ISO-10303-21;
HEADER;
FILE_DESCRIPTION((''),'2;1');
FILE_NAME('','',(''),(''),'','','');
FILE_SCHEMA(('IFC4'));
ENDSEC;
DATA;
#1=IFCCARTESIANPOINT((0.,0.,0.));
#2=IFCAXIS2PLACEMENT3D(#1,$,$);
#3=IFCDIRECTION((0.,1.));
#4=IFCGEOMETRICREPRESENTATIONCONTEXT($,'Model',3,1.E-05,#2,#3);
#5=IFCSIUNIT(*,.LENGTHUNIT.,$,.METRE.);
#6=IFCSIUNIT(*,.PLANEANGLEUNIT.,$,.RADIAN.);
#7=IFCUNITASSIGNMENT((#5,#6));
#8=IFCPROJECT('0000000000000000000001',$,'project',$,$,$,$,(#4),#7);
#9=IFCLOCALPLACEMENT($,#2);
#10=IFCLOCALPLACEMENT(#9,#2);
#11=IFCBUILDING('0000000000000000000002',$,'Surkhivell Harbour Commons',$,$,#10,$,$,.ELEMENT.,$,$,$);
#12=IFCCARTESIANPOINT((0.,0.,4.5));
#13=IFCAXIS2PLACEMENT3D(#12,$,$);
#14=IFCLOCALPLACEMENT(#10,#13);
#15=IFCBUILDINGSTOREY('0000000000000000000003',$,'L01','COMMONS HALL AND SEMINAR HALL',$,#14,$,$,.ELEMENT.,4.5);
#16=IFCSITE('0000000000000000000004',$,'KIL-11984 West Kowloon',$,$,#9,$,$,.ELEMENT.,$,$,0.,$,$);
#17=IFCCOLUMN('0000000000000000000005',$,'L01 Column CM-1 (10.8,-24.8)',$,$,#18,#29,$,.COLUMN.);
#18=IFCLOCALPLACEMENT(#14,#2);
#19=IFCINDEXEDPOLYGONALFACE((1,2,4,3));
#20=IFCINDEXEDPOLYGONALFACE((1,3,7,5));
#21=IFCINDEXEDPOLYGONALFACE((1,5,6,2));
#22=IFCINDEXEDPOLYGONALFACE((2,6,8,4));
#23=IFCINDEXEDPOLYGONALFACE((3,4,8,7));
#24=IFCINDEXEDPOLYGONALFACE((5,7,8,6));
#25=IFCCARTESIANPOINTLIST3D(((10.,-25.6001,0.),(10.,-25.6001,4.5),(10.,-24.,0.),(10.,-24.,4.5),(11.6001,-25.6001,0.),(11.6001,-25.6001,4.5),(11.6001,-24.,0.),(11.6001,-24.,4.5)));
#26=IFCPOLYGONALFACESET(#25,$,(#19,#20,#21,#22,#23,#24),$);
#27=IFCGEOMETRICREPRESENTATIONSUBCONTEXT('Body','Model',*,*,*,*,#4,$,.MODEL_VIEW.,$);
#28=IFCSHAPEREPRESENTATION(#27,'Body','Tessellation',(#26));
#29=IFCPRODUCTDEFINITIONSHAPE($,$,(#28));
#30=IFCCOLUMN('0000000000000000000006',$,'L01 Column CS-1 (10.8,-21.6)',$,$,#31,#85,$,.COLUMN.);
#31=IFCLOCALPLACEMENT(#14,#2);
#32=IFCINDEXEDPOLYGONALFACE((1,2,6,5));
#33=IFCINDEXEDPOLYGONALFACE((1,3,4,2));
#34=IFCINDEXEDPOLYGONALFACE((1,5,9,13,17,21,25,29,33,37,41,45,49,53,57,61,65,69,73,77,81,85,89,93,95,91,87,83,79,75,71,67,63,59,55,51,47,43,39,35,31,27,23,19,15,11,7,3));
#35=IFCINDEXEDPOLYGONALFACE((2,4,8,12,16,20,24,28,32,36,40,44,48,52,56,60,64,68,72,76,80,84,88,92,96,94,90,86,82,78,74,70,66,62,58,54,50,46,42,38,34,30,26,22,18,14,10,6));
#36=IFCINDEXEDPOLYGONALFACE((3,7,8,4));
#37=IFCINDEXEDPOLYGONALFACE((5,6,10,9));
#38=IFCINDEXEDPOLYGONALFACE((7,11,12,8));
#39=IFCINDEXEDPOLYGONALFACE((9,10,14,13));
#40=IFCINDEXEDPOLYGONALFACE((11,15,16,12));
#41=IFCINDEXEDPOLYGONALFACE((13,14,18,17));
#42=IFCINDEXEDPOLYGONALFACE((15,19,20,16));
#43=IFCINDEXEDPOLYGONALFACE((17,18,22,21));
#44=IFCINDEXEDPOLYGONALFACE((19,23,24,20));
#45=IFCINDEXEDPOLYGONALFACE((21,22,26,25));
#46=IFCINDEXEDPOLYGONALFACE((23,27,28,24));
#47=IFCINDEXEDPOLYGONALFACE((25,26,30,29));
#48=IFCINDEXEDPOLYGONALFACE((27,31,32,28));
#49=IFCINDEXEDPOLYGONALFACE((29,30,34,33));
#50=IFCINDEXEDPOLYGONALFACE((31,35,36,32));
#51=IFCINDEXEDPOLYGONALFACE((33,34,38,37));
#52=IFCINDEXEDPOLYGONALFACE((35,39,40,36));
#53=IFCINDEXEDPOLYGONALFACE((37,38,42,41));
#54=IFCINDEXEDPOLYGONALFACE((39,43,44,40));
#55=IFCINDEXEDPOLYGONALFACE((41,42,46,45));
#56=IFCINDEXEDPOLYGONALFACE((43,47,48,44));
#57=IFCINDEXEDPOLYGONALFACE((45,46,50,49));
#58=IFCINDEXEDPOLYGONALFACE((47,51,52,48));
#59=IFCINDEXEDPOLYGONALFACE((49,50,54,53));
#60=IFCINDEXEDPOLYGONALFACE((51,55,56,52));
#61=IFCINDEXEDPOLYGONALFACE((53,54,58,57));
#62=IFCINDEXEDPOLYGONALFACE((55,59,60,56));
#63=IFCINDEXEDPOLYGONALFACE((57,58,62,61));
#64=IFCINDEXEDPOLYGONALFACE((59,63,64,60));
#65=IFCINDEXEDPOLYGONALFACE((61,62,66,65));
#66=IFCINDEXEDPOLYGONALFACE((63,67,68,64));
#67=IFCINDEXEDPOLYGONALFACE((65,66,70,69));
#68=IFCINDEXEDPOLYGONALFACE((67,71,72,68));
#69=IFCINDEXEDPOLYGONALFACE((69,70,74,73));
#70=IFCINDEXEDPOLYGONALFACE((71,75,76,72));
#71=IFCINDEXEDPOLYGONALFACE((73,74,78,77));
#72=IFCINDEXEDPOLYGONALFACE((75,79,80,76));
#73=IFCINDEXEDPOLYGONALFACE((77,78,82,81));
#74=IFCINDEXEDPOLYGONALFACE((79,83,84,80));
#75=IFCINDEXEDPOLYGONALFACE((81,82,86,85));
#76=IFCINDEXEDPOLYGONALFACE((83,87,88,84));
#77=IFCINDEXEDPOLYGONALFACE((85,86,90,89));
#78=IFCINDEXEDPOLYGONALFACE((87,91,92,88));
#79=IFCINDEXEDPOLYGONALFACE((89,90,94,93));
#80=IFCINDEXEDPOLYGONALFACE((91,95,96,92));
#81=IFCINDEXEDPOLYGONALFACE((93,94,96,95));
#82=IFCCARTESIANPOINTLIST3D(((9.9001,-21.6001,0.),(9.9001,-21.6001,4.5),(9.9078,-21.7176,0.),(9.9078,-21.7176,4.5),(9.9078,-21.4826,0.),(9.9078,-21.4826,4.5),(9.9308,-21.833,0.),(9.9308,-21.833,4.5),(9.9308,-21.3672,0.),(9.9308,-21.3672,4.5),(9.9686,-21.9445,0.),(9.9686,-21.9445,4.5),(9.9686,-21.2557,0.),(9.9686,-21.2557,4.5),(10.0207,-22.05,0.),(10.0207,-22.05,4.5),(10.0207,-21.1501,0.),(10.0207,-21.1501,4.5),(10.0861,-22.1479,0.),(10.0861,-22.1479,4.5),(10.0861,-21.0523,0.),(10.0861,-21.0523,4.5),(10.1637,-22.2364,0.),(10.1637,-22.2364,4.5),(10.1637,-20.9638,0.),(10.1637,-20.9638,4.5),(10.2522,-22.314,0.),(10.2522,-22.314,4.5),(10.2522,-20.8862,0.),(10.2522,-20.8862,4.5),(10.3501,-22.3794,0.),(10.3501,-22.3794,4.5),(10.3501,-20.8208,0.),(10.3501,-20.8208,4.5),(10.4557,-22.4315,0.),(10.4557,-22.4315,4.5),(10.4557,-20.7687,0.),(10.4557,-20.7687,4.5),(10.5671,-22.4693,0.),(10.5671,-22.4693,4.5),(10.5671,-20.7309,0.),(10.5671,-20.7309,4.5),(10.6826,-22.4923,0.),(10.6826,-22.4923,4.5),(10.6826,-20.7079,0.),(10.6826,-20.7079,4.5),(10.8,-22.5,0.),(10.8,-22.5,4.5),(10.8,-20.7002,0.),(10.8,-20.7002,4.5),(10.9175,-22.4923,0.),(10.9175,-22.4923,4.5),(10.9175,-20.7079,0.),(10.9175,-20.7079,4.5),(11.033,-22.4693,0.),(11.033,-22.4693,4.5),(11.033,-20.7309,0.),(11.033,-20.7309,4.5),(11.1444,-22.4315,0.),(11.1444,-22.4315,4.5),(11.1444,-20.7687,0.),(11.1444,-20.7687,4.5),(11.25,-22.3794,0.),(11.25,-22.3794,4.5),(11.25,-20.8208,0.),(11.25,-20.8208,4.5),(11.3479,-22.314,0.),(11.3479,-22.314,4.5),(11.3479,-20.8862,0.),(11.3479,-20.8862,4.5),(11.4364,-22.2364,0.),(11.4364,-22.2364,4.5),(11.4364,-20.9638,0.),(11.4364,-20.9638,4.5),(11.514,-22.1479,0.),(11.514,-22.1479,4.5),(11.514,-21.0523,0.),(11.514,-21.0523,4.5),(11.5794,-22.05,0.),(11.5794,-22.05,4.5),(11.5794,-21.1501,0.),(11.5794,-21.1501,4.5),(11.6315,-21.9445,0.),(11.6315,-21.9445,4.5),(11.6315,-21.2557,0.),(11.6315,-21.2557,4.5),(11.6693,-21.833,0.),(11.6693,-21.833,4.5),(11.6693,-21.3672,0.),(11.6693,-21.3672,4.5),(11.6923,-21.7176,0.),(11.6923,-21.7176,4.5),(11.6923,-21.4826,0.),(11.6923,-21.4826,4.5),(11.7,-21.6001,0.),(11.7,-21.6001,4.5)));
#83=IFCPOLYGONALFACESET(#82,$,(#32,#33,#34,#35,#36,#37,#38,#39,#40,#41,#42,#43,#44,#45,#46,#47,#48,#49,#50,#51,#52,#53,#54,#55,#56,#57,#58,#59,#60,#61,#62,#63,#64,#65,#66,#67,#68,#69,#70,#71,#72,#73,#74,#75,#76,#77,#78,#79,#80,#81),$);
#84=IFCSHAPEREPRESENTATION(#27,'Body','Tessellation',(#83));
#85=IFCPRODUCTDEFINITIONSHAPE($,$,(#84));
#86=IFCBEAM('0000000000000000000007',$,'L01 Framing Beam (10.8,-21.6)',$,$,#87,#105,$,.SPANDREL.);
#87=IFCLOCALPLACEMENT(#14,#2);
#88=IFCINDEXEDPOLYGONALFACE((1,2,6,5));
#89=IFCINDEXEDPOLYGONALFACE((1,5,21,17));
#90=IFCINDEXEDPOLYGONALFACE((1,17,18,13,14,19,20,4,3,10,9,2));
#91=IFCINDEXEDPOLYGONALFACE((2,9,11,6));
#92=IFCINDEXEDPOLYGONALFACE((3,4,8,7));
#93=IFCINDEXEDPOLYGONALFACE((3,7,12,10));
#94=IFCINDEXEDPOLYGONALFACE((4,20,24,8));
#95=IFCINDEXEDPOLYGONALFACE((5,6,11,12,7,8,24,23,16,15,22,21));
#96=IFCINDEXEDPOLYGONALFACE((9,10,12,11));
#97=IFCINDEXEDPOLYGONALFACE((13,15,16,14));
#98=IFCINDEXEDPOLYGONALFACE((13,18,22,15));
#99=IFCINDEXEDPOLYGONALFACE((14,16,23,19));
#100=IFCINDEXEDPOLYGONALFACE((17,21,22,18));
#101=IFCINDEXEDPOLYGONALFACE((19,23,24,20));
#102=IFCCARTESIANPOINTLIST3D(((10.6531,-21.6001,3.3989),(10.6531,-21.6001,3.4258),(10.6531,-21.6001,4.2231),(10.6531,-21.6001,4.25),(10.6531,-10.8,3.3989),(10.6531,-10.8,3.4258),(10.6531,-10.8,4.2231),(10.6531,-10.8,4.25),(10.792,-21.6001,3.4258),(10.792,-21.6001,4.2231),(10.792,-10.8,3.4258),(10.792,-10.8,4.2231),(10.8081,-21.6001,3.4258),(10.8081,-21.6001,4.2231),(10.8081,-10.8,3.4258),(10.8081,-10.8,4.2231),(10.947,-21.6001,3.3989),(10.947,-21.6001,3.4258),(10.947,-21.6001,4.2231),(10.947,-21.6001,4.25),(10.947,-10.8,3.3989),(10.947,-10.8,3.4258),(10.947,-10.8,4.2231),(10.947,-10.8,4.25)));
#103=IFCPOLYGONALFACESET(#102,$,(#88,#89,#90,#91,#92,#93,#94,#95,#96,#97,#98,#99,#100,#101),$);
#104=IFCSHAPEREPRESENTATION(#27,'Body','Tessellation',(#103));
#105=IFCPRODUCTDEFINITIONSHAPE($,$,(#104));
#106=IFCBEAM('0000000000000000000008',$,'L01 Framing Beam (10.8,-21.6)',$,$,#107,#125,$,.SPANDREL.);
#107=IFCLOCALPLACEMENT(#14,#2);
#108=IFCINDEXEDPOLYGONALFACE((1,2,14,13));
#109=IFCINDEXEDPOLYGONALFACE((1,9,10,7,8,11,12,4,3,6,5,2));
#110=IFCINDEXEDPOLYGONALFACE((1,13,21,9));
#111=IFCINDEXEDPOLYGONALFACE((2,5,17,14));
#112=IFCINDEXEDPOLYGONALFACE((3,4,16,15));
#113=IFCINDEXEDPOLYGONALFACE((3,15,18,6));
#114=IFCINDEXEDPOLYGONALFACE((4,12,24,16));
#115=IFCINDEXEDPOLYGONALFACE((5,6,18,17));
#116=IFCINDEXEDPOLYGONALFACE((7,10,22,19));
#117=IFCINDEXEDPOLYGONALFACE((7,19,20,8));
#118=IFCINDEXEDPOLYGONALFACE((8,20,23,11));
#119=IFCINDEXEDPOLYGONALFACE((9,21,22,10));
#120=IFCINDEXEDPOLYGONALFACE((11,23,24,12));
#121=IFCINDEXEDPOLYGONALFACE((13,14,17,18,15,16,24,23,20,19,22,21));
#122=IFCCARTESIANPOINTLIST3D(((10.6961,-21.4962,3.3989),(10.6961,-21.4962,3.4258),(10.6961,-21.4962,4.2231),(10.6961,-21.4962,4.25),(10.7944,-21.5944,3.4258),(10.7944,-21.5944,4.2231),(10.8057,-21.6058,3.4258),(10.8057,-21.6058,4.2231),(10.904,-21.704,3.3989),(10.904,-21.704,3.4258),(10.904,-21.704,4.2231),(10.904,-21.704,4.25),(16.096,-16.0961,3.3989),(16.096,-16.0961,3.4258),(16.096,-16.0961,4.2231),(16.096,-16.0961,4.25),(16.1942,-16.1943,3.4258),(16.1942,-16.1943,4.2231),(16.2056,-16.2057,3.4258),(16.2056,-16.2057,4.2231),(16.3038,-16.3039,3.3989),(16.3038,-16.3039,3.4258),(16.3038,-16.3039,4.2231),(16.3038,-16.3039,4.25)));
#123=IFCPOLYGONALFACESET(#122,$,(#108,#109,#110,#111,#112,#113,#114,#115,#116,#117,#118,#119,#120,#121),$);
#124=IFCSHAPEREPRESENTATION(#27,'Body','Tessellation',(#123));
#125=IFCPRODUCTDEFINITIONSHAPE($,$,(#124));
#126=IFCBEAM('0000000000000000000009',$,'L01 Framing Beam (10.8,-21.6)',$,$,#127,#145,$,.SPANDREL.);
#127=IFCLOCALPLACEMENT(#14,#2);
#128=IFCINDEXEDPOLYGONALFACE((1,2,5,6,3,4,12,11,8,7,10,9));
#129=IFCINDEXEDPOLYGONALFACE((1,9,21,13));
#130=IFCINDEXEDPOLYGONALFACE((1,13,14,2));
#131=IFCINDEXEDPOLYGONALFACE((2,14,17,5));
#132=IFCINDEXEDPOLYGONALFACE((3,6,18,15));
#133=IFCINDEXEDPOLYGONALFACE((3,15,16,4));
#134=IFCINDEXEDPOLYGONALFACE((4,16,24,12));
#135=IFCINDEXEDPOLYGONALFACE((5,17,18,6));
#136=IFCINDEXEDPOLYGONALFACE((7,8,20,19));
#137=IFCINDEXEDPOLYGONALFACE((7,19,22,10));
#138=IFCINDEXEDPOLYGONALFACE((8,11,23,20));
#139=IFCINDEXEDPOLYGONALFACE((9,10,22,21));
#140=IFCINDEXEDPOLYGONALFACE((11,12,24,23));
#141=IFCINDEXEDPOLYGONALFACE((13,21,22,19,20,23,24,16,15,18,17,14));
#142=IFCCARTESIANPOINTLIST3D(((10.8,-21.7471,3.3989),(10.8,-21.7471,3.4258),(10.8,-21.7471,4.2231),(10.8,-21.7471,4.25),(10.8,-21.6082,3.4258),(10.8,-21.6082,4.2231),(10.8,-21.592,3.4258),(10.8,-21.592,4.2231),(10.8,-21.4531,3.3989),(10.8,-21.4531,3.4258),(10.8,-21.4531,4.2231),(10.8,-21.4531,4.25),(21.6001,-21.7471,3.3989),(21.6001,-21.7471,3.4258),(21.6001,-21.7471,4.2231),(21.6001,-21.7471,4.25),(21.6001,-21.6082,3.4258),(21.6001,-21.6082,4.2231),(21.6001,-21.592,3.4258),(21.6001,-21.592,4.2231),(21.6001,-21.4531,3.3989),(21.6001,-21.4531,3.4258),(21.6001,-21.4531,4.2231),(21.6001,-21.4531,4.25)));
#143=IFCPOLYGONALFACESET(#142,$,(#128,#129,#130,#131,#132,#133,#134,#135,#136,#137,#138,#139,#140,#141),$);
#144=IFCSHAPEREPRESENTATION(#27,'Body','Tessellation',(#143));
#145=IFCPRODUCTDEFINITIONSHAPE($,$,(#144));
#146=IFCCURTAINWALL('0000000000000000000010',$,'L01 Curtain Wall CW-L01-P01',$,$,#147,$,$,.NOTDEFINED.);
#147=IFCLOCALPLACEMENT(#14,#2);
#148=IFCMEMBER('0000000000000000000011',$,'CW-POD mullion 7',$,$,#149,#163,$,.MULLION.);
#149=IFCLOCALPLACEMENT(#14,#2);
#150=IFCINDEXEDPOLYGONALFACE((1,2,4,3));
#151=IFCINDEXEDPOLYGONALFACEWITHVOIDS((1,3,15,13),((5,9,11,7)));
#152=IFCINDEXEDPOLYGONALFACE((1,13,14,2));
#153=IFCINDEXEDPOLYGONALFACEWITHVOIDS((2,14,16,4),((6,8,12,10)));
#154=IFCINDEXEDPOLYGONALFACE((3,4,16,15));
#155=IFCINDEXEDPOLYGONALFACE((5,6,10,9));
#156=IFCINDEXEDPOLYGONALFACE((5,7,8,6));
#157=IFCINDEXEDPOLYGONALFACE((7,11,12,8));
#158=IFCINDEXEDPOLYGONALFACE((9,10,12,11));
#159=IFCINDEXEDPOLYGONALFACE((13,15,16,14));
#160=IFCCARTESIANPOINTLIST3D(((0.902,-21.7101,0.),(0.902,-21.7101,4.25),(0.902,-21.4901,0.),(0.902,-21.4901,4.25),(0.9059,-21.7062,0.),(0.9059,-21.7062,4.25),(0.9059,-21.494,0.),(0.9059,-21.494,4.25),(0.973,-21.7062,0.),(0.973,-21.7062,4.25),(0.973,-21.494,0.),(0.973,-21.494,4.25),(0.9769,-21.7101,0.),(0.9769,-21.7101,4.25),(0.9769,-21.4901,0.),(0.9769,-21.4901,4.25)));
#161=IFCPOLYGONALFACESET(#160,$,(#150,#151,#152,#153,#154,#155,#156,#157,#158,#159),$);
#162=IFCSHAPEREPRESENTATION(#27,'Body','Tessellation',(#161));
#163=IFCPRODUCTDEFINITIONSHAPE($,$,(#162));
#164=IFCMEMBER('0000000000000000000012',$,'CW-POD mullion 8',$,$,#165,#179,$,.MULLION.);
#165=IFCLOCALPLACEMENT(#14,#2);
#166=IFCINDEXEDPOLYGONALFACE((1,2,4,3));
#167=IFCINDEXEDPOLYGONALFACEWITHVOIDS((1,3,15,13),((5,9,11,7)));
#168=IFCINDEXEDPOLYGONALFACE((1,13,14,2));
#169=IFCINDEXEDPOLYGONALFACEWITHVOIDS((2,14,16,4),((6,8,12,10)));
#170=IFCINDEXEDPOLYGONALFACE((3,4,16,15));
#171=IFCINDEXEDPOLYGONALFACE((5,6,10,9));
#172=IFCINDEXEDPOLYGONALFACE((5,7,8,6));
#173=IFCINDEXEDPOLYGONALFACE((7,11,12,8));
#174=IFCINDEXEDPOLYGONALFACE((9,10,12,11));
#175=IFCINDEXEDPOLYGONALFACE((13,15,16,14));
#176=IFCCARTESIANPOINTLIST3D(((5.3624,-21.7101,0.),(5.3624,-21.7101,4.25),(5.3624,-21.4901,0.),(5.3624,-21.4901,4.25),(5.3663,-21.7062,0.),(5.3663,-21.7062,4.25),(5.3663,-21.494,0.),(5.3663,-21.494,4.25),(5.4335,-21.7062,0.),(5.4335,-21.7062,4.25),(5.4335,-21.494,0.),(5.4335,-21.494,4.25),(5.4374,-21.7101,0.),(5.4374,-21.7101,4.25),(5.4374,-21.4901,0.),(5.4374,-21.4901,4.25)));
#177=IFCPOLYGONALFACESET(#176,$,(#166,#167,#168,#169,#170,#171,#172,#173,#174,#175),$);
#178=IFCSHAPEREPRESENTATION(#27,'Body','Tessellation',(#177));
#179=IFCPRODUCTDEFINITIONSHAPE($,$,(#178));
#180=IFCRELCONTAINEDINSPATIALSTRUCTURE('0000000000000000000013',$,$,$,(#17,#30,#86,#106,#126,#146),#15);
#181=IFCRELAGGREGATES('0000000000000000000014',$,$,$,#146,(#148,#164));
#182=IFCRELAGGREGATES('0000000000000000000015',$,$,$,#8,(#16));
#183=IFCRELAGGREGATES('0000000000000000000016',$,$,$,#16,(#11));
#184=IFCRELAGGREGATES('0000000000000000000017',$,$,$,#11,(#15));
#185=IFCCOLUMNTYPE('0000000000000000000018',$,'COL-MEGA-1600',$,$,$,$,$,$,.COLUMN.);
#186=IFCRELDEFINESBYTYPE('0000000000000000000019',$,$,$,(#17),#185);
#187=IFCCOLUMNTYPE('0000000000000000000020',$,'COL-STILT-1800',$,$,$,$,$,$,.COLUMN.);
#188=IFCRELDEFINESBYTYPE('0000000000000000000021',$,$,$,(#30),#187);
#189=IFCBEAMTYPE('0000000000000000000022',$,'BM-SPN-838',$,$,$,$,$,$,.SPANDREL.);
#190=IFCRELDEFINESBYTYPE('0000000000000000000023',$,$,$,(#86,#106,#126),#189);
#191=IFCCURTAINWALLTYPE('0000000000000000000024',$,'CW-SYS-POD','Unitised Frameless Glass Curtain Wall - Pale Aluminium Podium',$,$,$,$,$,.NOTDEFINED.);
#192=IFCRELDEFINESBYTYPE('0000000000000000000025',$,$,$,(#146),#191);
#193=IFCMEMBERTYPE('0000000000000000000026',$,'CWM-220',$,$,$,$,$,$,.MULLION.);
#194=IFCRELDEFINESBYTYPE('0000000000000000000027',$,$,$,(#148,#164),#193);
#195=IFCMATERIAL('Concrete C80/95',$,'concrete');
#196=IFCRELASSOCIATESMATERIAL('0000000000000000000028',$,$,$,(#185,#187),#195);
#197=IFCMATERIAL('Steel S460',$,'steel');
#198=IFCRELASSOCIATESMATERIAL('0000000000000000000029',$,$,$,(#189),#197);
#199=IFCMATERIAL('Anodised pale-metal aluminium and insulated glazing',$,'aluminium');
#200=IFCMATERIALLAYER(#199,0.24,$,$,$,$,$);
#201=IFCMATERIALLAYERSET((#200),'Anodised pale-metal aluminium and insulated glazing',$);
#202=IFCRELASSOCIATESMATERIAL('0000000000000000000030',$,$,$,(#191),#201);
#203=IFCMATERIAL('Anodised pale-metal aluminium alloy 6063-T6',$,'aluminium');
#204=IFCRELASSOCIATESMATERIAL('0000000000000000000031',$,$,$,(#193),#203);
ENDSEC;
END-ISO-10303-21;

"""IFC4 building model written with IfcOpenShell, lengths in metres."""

from ifc_helpers import new_model, si_unit, direction, frame, origin, origin_2d, place, context, subcontext, project, spatial, rectangle, hollow_rectangle, circle, i_section, extrude, material, layer, layer_set, material_profile, profile_set, type_object, element, aggregate, save


model = new_model("IFC4")

# Units and contexts
model_context = context("Model", 3, precision=1e-05, world=origin(), true_north=direction((0.0, 1.0)))
body_context = subcontext(model_context, "Body", "Model", "MODEL_VIEW")
ifc_project = project(units=[si_unit("LENGTHUNIT", "METRE"), si_unit("PLANEANGLEUNIT", "RADIAN")], contexts=[model_context])

# Site, building, storey
site_placement = place(None, origin())
site = spatial("IfcSite", under=ifc_project, at=site_placement, Name="KIL-11984 West Kowloon", CompositionType="ELEMENT", RefElevation=0.0)
building_placement = place(site_placement, origin())
building = spatial("IfcBuilding", under=site, at=building_placement, Name="Surkhivell Harbour Commons", CompositionType="ELEMENT")
storey_placement = place(building_placement, frame((0.0, 0.0, 4.5)))
storey = spatial("IfcBuildingStorey", under=building, at=storey_placement, Name="L01", Description="COMMONS HALL AND SEMINAR HALL", CompositionType="ELEMENT", Elevation=4.5)

# Columns
ifc_material_1 = material(Name="Concrete C80/95", Category="concrete")
ifc_material_profile_1 = material_profile(ifc_material_1, rectangle(XDim=1.6001, YDim=1.6001, at=origin_2d()), Name="RC-COL-1600x1600")
ifc_profile_set_1 = profile_set([ifc_material_profile_1], Name="Concrete C80/95")
column_type_1 = type_object("IfcColumnType", Name="COL-MEGA-1600", PredefinedType="COLUMN", material=ifc_profile_set_1)
column_1_placement = place(storey_placement, frame((10.8, -24.8, 0.0), z_axis=(0.0, 0.0, 1.0), x_axis=(1.0, 0.0, 0.0)))
element("IfcColumn", 1, at=column_1_placement, inside=storey, type_object=column_type_1, Name="L01 Column CM-1 (10.8,-24.8)", PredefinedType="COLUMN", context=body_context, shape_type="SweptSolid", body=[
    extrude(rectangle(XDim=1.6001, YDim=1.6001, at=origin_2d()), origin(), (0.0, 0.0, 1.0), 4.5),
])
ifc_material_profile_2 = material_profile(ifc_material_1, circle(Radius=0.8999, at=origin_2d()), Name="RC-CIRC-1800")
ifc_profile_set_2 = profile_set([ifc_material_profile_2], Name="Concrete C80/95")
column_type_2 = type_object("IfcColumnType", Name="COL-STILT-1800", PredefinedType="COLUMN", material=ifc_profile_set_2)
column_2_placement = place(storey_placement, frame((10.8, -21.6001, 0.0), z_axis=(0.0, 0.0, 1.0), x_axis=(1.0, 0.0, 0.0)))
element("IfcColumn", 2, at=column_2_placement, inside=storey, type_object=column_type_2, Name="L01 Column CS-1 (10.8,-21.6)", PredefinedType="COLUMN", context=body_context, shape_type="SweptSolid", body=[
    extrude(circle(Radius=0.8999, at=origin_2d()), origin(), (0.0, 0.0, 1.0), 4.5),
])

# Beams
ifc_material_2 = material(Name="Steel S460", Category="steel")
ifc_material_profile_3 = material_profile(ifc_material_2, i_section(OverallWidth=0.2939, OverallDepth=0.8511, WebThickness=0.0161, FlangeThickness=0.0269, at=origin_2d()), Name="UB838x292x226")
ifc_profile_set_3 = profile_set([ifc_material_profile_3], Name="Steel S460")
beam_type = type_object("IfcBeamType", Name="BM-SPN-838", PredefinedType="SPANDREL", material=ifc_profile_set_3)
beam_1_placement = place(storey_placement, frame((10.8, -21.6001, 3.8245), z_axis=(0.0, 1.0, 0.0), x_axis=(-1.0, 0.0, 0.0)))
element("IfcBeam", 3, at=beam_1_placement, inside=storey, type_object=beam_type, Name="L01 Framing Beam (10.8,-21.6)", PredefinedType="SPANDREL", context=body_context, shape_type="SweptSolid", body=[
    extrude(i_section(OverallWidth=0.2939, OverallDepth=0.8511, WebThickness=0.0161, FlangeThickness=0.0269, at=origin_2d()), origin(), (0.0, 0.0, 1.0), 10.8),
])
beam_2_placement = place(storey_placement, frame((10.8, -21.6001, 3.8245), z_axis=(0.707091, 0.707123, 0.0), x_axis=(-0.707123, 0.707091, 0.0)))
element("IfcBeam", 4, at=beam_2_placement, inside=storey, type_object=beam_type, Name="L01 Framing Beam (10.8,-21.6)", PredefinedType="SPANDREL", context=body_context, shape_type="SweptSolid", body=[
    extrude(i_section(OverallWidth=0.2939, OverallDepth=0.8511, WebThickness=0.0161, FlangeThickness=0.0269, at=origin_2d()), origin(), (0.0, 0.0, 1.0), 7.6367),
])
beam_3_placement = place(storey_placement, frame((10.8, -21.6001, 3.8245), z_axis=(1.0, 0.0, 0.0), x_axis=(0.0, 1.0, 0.0)))
element("IfcBeam", 5, at=beam_3_placement, inside=storey, type_object=beam_type, Name="L01 Framing Beam (10.8,-21.6)", PredefinedType="SPANDREL", context=body_context, shape_type="SweptSolid", body=[
    extrude(i_section(OverallWidth=0.2939, OverallDepth=0.8511, WebThickness=0.0161, FlangeThickness=0.0269, at=origin_2d()), origin(), (0.0, 0.0, 1.0), 10.8),
])

# Curtain wall, members
ifc_material_3 = material(Name="Anodised pale-metal aluminium and insulated glazing", Category="aluminium")
ifc_layer_1 = layer(ifc_material_3, 0.24)
ifc_layer_set_1 = layer_set([ifc_layer_1], Name="Anodised pale-metal aluminium and insulated glazing")
curtain_wall_type = type_object("IfcCurtainWallType", Name="CW-SYS-POD", Description="Unitised Frameless Glass Curtain Wall - Pale Aluminium Podium", PredefinedType="NOTDEFINED", material=ifc_layer_set_1)
curtain_wall_placement = place(storey_placement, origin())
curtain_wall = element("IfcCurtainWall", 6, at=curtain_wall_placement, inside=storey, type_object=curtain_wall_type, Name="L01 Curtain Wall CW-L01-P01", PredefinedType="NOTDEFINED")
ifc_material_4 = material(Name="Anodised pale-metal aluminium alloy 6063-T6", Category="aluminium")
ifc_material_profile_4 = material_profile(ifc_material_4, hollow_rectangle(XDim=0.075, YDim=0.22, WallThickness=0.0039, at=origin_2d()), Name="ALU-MULL-75x220")
ifc_profile_set_4 = profile_set([ifc_material_profile_4], Name="Anodised pale-metal aluminium alloy 6063-T6")
member_type_1 = type_object("IfcMemberType", Name="CWM-220", PredefinedType="MULLION", material=ifc_profile_set_4)
member_1_placement = place(storey_placement, frame((0.9395, -21.6001, 0.0), z_axis=(0.0, 0.0, 1.0), x_axis=(1.0, 0.0, 0.0)))
member_1 = element("IfcMember", 7, at=member_1_placement, type_object=member_type_1, Name="CW-POD mullion 7", PredefinedType="MULLION", context=body_context, shape_type="SweptSolid", body=[
    extrude(hollow_rectangle(XDim=0.075, YDim=0.22, WallThickness=0.0039, at=origin_2d()), origin(), (0.0, 0.0, 1.0), 4.25),
])
member_2_placement = place(storey_placement, frame((5.3999, -21.6001, 0.0), z_axis=(0.0, 0.0, 1.0), x_axis=(1.0, 0.0, 0.0)))
member_2 = element("IfcMember", 8, at=member_2_placement, type_object=member_type_1, Name="CW-POD mullion 8", PredefinedType="MULLION", context=body_context, shape_type="SweptSolid", body=[
    extrude(hollow_rectangle(XDim=0.075, YDim=0.22, WallThickness=0.0039, at=origin_2d()), origin(), (0.0, 0.0, 1.0), 4.25),
])
aggregate(curtain_wall, [member_1, member_2])

save(model, "model.ifc")
